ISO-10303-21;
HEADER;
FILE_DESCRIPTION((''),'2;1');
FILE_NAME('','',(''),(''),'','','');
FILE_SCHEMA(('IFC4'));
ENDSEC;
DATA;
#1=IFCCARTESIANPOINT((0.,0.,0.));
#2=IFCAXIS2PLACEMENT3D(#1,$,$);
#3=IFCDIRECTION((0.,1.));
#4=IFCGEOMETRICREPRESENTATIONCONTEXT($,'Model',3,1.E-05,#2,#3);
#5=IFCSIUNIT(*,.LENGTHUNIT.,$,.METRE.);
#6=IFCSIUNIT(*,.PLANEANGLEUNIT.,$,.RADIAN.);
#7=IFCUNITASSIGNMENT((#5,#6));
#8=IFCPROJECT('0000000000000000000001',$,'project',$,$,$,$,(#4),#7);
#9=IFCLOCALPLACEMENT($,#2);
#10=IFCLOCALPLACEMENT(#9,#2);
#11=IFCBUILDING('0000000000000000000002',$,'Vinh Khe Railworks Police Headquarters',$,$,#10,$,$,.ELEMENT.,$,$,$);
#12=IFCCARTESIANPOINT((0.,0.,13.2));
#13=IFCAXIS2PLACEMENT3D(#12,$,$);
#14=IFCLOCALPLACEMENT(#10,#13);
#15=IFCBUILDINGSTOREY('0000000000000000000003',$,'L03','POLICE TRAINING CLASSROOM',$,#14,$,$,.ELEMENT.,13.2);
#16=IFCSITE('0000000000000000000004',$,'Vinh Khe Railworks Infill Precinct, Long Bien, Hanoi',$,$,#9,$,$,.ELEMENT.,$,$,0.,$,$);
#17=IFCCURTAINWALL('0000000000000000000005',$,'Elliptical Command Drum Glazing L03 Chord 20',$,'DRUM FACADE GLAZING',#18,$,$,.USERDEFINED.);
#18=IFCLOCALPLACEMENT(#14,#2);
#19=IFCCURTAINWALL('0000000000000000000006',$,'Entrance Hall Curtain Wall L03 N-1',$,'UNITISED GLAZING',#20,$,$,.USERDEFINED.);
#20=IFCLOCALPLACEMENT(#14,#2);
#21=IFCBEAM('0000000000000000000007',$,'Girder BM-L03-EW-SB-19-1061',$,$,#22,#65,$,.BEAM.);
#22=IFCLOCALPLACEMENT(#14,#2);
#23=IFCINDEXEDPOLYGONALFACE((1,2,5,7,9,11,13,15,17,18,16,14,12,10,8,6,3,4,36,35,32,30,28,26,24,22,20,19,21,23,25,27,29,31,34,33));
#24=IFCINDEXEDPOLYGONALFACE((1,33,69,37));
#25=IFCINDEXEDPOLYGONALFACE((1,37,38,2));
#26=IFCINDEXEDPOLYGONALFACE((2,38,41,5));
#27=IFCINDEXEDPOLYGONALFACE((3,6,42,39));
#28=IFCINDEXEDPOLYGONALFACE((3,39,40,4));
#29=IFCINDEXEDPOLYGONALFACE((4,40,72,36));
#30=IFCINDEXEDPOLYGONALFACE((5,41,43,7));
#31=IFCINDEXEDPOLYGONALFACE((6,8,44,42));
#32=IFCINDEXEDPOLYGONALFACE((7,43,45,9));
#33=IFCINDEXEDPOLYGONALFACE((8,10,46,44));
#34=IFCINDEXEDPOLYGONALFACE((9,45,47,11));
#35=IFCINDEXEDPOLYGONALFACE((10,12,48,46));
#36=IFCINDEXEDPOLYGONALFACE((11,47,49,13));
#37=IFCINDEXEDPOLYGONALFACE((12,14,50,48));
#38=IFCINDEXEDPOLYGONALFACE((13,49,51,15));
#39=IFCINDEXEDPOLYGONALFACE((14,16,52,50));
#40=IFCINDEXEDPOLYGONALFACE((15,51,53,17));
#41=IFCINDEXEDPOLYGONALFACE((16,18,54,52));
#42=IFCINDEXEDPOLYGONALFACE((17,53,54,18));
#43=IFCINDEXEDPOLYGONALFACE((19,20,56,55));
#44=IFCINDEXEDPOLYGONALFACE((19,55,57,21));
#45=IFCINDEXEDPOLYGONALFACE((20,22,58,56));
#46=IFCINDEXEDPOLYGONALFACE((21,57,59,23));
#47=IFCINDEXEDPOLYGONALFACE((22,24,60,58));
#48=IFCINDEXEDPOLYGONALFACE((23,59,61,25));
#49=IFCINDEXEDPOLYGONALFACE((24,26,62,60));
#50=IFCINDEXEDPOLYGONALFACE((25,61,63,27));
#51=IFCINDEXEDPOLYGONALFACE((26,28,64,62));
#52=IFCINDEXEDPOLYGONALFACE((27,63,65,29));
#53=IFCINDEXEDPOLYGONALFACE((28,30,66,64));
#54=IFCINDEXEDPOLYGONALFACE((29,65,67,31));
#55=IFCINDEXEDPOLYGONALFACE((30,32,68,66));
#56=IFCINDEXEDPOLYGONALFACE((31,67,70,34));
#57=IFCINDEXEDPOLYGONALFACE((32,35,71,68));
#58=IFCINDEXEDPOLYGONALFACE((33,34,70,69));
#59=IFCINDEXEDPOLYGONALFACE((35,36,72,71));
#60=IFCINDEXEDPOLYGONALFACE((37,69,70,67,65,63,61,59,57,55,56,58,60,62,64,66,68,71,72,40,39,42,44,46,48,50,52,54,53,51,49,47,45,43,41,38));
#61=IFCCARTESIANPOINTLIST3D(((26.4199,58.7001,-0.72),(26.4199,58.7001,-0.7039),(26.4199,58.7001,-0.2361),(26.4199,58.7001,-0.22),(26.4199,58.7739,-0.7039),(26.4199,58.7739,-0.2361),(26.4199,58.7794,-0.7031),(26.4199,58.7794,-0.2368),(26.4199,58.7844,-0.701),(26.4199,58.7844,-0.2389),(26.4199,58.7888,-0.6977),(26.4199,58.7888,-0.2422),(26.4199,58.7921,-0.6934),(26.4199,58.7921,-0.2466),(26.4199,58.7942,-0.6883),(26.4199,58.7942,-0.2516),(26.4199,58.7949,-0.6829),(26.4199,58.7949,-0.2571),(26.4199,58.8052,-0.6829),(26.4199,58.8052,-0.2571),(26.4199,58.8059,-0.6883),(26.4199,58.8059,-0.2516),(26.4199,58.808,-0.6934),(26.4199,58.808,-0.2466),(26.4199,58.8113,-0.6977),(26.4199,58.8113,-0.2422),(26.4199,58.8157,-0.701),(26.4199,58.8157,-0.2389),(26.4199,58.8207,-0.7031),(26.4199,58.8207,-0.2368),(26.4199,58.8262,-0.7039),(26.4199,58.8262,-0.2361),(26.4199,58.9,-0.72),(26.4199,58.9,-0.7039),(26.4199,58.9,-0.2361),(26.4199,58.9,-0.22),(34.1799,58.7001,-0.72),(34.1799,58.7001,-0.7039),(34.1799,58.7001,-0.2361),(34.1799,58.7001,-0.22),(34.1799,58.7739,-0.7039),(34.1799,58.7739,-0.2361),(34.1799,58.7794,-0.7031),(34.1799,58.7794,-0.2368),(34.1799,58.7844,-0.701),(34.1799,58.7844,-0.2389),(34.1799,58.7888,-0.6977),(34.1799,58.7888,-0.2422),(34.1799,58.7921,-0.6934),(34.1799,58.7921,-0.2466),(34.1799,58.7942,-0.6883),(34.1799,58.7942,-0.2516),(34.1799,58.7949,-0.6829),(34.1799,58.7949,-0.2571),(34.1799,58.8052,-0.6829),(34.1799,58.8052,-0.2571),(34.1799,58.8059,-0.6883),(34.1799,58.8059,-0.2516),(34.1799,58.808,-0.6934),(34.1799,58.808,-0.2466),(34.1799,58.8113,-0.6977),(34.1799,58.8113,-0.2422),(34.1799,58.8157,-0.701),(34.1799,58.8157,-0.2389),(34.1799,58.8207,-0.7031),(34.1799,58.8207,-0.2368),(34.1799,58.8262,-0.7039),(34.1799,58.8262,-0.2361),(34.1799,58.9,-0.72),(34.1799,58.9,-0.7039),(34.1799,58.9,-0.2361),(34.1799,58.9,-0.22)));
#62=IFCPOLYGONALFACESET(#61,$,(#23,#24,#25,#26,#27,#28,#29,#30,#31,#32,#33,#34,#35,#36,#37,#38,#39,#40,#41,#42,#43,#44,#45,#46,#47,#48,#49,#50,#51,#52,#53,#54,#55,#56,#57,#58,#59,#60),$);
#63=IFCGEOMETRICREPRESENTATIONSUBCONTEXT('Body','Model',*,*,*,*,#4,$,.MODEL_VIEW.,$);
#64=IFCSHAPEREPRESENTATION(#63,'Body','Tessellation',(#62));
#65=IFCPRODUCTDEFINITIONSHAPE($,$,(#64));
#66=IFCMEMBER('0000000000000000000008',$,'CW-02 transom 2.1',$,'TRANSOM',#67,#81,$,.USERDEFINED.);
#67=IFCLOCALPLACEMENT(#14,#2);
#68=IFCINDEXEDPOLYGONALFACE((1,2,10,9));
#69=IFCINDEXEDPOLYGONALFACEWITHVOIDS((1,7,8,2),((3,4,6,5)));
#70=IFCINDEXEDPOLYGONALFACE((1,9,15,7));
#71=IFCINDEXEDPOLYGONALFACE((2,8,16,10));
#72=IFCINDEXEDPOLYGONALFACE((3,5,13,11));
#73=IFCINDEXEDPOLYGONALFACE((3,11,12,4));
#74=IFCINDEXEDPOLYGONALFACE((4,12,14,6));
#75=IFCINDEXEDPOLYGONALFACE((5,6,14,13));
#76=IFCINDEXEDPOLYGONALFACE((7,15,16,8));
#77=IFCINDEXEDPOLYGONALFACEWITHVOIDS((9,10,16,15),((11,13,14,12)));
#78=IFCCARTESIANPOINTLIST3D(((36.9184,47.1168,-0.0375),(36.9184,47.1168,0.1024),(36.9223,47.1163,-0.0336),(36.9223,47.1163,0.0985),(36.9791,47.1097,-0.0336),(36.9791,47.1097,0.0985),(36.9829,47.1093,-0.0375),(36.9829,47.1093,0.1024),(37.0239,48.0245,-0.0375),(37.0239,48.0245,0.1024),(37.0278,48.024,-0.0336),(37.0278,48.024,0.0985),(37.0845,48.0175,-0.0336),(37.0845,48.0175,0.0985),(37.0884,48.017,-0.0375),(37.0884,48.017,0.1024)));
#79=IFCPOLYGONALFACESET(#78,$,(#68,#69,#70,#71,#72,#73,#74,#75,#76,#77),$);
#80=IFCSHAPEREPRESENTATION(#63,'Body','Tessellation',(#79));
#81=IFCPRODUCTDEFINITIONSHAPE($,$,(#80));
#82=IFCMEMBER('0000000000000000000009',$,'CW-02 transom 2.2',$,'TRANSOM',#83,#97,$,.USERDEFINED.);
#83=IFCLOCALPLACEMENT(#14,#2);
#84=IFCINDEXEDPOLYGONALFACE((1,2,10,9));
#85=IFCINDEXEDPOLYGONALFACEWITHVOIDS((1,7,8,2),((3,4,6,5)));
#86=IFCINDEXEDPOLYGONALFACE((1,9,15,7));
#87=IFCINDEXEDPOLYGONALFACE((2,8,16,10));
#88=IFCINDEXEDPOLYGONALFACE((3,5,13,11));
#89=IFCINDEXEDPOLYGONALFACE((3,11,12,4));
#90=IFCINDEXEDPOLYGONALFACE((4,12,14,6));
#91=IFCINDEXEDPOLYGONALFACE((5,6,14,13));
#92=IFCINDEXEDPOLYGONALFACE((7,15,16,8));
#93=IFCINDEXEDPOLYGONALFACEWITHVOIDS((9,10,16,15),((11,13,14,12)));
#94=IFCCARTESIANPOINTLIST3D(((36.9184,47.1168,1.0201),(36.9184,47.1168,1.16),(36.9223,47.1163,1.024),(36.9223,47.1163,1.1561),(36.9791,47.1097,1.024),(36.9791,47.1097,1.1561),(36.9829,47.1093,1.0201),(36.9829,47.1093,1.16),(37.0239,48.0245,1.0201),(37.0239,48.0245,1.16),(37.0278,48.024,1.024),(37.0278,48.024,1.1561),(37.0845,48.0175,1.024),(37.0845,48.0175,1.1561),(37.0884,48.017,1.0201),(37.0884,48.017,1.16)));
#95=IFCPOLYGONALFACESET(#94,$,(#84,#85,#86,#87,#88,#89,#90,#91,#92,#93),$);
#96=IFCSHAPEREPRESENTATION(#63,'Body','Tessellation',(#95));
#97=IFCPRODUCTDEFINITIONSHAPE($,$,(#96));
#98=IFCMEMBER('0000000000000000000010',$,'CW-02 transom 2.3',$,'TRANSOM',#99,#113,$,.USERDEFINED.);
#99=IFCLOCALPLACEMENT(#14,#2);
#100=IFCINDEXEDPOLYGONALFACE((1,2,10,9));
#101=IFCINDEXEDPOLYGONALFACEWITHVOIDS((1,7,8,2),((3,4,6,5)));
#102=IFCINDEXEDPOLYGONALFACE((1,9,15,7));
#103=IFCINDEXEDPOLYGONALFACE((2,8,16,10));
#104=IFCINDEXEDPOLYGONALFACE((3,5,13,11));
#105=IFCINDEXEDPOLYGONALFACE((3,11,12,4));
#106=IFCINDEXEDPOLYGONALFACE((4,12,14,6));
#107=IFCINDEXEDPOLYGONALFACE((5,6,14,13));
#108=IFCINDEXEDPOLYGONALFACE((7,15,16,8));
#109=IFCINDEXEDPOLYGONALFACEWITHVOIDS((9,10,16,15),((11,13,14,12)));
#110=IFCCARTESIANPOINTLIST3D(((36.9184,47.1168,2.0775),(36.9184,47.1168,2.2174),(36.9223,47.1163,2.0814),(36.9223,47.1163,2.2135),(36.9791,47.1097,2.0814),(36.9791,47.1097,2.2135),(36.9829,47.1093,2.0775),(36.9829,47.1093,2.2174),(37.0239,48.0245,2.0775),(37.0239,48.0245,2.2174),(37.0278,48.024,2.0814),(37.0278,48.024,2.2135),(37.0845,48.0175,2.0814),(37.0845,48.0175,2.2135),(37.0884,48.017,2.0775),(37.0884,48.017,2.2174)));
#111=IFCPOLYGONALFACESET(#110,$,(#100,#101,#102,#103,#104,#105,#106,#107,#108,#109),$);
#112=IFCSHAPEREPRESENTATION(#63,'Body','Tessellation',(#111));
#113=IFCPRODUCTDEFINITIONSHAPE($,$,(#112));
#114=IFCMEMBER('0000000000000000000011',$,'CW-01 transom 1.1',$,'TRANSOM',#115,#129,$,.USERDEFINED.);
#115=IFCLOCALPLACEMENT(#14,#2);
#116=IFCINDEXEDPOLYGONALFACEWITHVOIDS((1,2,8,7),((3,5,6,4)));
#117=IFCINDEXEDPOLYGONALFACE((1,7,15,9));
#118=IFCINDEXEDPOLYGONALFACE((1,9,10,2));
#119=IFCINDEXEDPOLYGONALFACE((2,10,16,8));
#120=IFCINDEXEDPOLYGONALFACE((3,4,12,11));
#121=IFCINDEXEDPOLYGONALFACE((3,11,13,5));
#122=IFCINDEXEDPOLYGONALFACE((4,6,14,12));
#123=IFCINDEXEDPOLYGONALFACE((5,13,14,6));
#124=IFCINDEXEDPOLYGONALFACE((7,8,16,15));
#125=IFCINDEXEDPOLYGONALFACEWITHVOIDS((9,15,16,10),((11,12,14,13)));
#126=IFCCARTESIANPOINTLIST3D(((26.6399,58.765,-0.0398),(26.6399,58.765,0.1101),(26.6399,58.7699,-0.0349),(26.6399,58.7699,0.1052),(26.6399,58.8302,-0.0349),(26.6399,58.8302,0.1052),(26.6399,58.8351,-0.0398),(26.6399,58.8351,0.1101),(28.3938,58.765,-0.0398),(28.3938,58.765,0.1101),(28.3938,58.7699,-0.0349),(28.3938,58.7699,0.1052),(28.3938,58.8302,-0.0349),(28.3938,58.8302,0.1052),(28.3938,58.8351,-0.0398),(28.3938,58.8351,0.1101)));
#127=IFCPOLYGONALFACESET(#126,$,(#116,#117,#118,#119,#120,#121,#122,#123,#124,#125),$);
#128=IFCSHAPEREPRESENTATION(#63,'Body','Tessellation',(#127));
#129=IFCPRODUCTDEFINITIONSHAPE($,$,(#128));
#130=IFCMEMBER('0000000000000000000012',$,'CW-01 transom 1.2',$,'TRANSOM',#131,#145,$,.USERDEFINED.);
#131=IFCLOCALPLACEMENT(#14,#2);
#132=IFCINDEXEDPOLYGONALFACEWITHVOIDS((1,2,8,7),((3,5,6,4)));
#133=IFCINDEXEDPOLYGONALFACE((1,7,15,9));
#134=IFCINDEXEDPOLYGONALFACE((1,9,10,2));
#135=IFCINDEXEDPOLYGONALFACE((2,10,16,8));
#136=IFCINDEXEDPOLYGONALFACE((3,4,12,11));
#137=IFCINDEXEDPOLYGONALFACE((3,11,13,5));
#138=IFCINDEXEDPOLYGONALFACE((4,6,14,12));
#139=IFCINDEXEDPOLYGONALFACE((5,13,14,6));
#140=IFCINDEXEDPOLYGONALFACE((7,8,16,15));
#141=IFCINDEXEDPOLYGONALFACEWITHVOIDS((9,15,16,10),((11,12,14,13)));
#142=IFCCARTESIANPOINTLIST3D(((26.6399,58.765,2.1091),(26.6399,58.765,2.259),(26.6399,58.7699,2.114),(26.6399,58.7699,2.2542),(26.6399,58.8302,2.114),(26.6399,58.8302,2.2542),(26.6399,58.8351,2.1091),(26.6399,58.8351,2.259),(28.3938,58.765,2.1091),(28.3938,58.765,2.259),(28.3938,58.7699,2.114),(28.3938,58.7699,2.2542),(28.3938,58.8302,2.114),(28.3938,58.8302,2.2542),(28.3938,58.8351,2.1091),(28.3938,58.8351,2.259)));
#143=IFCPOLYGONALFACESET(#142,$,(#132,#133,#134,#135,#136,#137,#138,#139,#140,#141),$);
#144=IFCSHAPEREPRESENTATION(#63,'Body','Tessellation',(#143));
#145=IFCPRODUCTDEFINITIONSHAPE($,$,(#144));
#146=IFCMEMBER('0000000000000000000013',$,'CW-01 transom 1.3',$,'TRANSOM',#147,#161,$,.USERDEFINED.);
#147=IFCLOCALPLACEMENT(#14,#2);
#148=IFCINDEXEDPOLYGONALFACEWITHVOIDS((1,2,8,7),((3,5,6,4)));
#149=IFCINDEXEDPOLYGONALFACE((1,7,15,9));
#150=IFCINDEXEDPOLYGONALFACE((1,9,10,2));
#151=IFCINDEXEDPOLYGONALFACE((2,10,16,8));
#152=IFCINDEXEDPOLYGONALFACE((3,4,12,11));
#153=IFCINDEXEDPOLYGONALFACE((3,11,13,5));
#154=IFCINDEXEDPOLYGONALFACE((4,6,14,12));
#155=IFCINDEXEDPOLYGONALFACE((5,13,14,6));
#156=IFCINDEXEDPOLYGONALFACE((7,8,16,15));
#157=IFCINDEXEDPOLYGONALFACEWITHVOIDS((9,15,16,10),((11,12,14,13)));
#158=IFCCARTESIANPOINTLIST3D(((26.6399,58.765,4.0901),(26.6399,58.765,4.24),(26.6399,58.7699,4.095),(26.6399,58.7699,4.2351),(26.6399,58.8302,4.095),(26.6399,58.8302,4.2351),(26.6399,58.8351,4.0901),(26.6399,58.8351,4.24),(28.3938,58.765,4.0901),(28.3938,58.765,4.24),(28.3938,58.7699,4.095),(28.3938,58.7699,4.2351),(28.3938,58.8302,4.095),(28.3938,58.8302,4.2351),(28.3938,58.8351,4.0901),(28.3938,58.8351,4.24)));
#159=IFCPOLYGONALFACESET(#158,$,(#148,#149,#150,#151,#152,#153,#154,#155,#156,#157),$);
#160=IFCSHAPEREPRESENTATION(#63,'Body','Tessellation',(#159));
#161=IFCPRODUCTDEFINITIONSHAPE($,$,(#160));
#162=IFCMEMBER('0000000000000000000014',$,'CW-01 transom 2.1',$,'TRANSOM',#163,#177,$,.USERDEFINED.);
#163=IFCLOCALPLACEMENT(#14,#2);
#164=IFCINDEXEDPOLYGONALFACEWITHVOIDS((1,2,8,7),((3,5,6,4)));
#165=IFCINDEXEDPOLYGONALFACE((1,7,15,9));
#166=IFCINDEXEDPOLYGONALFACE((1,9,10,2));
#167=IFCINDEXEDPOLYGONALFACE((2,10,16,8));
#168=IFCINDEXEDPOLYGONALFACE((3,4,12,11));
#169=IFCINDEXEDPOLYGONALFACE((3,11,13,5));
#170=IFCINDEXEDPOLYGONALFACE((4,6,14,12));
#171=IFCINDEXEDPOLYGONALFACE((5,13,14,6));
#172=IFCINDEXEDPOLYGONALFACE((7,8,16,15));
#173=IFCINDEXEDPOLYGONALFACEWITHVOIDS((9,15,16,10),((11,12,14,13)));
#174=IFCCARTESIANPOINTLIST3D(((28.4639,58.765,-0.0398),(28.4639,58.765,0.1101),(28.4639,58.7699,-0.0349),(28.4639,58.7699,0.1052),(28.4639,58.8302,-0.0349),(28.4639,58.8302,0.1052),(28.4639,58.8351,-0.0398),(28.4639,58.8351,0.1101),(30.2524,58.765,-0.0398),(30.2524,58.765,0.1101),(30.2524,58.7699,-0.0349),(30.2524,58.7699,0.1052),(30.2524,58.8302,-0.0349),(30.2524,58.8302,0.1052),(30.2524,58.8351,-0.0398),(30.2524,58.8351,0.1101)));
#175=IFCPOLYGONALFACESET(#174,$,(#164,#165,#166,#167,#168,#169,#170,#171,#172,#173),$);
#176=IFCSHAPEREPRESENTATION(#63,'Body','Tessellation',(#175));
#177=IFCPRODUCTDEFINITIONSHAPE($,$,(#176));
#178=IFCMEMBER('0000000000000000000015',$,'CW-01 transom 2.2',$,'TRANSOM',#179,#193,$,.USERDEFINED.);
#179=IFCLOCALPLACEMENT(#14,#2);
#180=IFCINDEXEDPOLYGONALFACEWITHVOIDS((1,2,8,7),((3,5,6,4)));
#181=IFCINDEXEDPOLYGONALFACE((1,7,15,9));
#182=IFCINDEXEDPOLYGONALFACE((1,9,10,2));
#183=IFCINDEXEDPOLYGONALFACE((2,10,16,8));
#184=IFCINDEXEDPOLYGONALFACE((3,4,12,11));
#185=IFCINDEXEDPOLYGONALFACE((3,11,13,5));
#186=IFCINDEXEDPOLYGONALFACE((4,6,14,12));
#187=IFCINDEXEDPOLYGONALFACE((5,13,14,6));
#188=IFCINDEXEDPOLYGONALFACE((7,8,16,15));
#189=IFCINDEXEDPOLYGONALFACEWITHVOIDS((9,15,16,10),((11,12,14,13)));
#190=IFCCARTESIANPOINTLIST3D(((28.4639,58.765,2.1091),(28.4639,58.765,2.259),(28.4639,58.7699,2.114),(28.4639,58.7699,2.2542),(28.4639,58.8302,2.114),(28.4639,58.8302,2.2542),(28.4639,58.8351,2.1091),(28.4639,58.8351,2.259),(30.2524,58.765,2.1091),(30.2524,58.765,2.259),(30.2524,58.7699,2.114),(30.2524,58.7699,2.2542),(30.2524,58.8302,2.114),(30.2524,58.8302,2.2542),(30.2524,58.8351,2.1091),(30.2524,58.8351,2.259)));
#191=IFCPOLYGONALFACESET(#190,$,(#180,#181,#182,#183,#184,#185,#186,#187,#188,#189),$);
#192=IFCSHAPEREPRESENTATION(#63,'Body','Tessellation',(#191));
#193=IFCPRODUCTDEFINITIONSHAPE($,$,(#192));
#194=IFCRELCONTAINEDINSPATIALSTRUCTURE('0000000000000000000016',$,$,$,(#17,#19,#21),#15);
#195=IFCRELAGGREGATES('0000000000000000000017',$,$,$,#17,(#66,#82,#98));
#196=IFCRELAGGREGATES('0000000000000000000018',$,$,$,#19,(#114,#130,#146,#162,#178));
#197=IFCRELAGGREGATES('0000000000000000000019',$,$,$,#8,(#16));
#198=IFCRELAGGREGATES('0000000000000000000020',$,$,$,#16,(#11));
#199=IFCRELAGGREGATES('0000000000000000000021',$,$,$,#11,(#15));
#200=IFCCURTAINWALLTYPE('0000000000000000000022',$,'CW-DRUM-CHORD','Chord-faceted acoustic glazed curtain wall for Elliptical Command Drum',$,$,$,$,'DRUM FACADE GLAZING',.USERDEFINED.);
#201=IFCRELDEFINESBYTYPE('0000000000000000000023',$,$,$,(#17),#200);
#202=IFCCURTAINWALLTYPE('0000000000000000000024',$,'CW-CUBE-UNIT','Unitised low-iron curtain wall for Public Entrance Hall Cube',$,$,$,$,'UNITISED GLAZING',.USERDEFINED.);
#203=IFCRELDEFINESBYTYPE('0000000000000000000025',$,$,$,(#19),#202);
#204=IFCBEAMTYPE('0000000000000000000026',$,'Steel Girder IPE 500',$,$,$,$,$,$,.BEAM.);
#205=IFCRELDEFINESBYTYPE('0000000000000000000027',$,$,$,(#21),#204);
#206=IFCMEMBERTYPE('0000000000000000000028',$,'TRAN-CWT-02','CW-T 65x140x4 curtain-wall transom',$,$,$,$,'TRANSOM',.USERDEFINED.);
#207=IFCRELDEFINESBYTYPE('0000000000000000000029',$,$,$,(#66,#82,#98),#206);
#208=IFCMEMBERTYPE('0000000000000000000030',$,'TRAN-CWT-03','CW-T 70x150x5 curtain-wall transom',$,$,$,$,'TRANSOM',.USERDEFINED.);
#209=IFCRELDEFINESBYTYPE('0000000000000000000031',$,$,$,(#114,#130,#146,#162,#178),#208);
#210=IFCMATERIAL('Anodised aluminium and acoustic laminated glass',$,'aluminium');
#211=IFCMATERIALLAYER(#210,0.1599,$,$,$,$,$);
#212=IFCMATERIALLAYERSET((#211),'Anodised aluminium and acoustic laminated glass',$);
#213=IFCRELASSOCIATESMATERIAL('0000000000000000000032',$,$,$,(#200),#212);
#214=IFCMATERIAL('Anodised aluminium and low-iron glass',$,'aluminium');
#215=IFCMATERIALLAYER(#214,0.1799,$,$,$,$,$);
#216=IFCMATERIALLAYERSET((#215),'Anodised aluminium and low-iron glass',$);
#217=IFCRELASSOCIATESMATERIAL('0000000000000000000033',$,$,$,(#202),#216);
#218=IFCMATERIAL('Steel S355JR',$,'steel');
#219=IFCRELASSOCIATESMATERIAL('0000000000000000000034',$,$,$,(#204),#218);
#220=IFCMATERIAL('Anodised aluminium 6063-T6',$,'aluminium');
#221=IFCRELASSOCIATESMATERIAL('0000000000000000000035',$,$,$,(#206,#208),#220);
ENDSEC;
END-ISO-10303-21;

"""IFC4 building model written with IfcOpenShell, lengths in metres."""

from ifc_helpers import new_model, si_unit, direction, frame, origin, origin_2d, place, context, subcontext, project, spatial, hollow_rectangle, i_section, extrude, material, layer, layer_set, material_profile, profile_set, type_object, element, aggregate, save


model = new_model("IFC4")

# Units and contexts
model_context = context("Model", 3, precision=1e-05, world=origin(), true_north=direction((0.0, 1.0)))
body_context = subcontext(model_context, "Body", "Model", "MODEL_VIEW")
ifc_project = project(units=[si_unit("LENGTHUNIT", "METRE"), si_unit("PLANEANGLEUNIT", "RADIAN")], contexts=[model_context])

# Site, building, storey
site_placement = place(None, origin())
site = spatial("IfcSite", under=ifc_project, at=site_placement, Name="Vinh Khe Railworks Infill Precinct, Long Bien, Hanoi", CompositionType="ELEMENT", RefElevation=0.0)
building_placement = place(site_placement, origin())
building = spatial("IfcBuilding", under=site, at=building_placement, Name="Vinh Khe Railworks Police Headquarters", CompositionType="ELEMENT")
storey_placement = place(building_placement, frame((0.0, 0.0, 13.2)))
storey = spatial("IfcBuildingStorey", under=building, at=storey_placement, Name="L03", Description="POLICE TRAINING CLASSROOM", CompositionType="ELEMENT", Elevation=13.2)

# Shared definitions
ifc_material_1 = material(Name="Steel S355JR", Category="steel")

# Curtain wall
ifc_material_2 = material(Name="Anodised aluminium and acoustic laminated glass", Category="aluminium")
ifc_layer_1 = layer(ifc_material_2, 0.1599)
ifc_layer_set_1 = layer_set([ifc_layer_1], Name="Anodised aluminium and acoustic laminated glass")
curtain_wall_type_1 = type_object("IfcCurtainWallType", Name="CW-DRUM-CHORD", Description="Chord-faceted acoustic glazed curtain wall for Elliptical Command Drum", ElementType="DRUM FACADE GLAZING", PredefinedType="USERDEFINED", material=ifc_layer_set_1)
curtain_wall_1_placement = place(storey_placement, origin())
curtain_wall_1 = element("IfcCurtainWall", 1, at=curtain_wall_1_placement, inside=storey, type_object=curtain_wall_type_1, Name="Elliptical Command Drum Glazing L03 Chord 20", ObjectType="DRUM FACADE GLAZING", PredefinedType="USERDEFINED")
ifc_material_3 = material(Name="Anodised aluminium 6063-T6", Category="aluminium")

# Curtain wall
ifc_material_4 = material(Name="Anodised aluminium and low-iron glass", Category="aluminium")
ifc_layer_2 = layer(ifc_material_4, 0.1799)
ifc_layer_set_2 = layer_set([ifc_layer_2], Name="Anodised aluminium and low-iron glass")
curtain_wall_type_2 = type_object("IfcCurtainWallType", Name="CW-CUBE-UNIT", Description="Unitised low-iron curtain wall for Public Entrance Hall Cube", ElementType="UNITISED GLAZING", PredefinedType="USERDEFINED", material=ifc_layer_set_2)
curtain_wall_2_placement = place(storey_placement, origin())
curtain_wall_2 = element("IfcCurtainWall", 2, at=curtain_wall_2_placement, inside=storey, type_object=curtain_wall_type_2, Name="Entrance Hall Curtain Wall L03 N-1", ObjectType="UNITISED GLAZING", PredefinedType="USERDEFINED")

# Beam
ifc_material_profile_1 = material_profile(ifc_material_1, i_section(OverallWidth=0.2, OverallDepth=0.5, WebThickness=0.0103, FlangeThickness=0.0161, FilletRadius=0.021, at=origin_2d()), Name="IPE 500")
ifc_profile_set_1 = profile_set([ifc_material_profile_1], Name="Steel S355JR")
beam_type = type_object("IfcBeamType", Name="Steel Girder IPE 500", PredefinedType="BEAM", material=ifc_profile_set_1)
beam_placement = place(storey_placement, frame((26.4199, 58.8, -0.47), z_axis=(1.0, 0.0, 0.0), x_axis=(0.0, 1.0, 0.0)))
element("IfcBeam", 3, at=beam_placement, inside=storey, type_object=beam_type, Name="Girder BM-L03-EW-SB-19-1061", PredefinedType="BEAM", context=body_context, shape_type="SweptSolid", body=[
    extrude(i_section(OverallWidth=0.2, OverallDepth=0.5, WebThickness=0.0103, FlangeThickness=0.0161, FilletRadius=0.021, at=origin_2d()), origin(), (0.0, 0.0, 1.0), 7.76),
])

# Members
ifc_material_profile_2 = material_profile(ifc_material_3, hollow_rectangle(XDim=0.0649, YDim=0.1399, WallThickness=0.0039, at=origin_2d()), Name="CW-T 65x140x4")
ifc_profile_set_2 = profile_set([ifc_material_profile_2], Name="Anodised aluminium 6063-T6")
member_type_1 = type_object("IfcMemberType", Name="TRAN-CWT-02", Description="CW-T 65x140x4 curtain-wall transom", ElementType="TRANSOM", PredefinedType="USERDEFINED", material=ifc_profile_set_2)
member_1_placement = place(storey_placement, frame((37.0562, 48.0208, 0.0325), z_axis=(-0.115415, -0.993317, 0.0), x_axis=(0.993317, -0.115415, 0.0)))
member_1 = element("IfcMember", 4, at=member_1_placement, type_object=member_type_1, Name="CW-02 transom 2.1", ObjectType="TRANSOM", PredefinedType="USERDEFINED", context=body_context, shape_type="SweptSolid", body=[
    extrude(hollow_rectangle(XDim=0.0649, YDim=0.1399, WallThickness=0.0039, at=origin_2d()), origin(), (0.0, 0.0, 1.0), 0.9138),
])
member_2_placement = place(storey_placement, frame((37.0562, 48.0208, 1.0901), z_axis=(-0.115415, -0.993317, 0.0), x_axis=(0.993317, -0.115415, 0.0)))
member_2 = element("IfcMember", 5, at=member_2_placement, type_object=member_type_1, Name="CW-02 transom 2.2", ObjectType="TRANSOM", PredefinedType="USERDEFINED", context=body_context, shape_type="SweptSolid", body=[
    extrude(hollow_rectangle(XDim=0.0649, YDim=0.1399, WallThickness=0.0039, at=origin_2d()), origin(), (0.0, 0.0, 1.0), 0.9138),
])
member_3_placement = place(storey_placement, frame((37.0562, 48.0208, 2.1475), z_axis=(-0.115415, -0.993317, 0.0), x_axis=(0.993317, -0.115415, 0.0)))
member_3 = element("IfcMember", 6, at=member_3_placement, type_object=member_type_1, Name="CW-02 transom 2.3", ObjectType="TRANSOM", PredefinedType="USERDEFINED", context=body_context, shape_type="SweptSolid", body=[
    extrude(hollow_rectangle(XDim=0.0649, YDim=0.1399, WallThickness=0.0039, at=origin_2d()), origin(), (0.0, 0.0, 1.0), 0.9138),
])
ifc_material_profile_3 = material_profile(ifc_material_3, hollow_rectangle(XDim=0.0701, YDim=0.1499, WallThickness=0.0049, at=origin_2d()), Name="CW-T 70x150x5")
ifc_profile_set_3 = profile_set([ifc_material_profile_3], Name="Anodised aluminium 6063-T6")
member_type_2 = type_object("IfcMemberType", Name="TRAN-CWT-03", Description="CW-T 70x150x5 curtain-wall transom", ElementType="TRANSOM", PredefinedType="USERDEFINED", material=ifc_profile_set_3)
member_4_placement = place(storey_placement, frame((26.6399, 58.8, 0.0352), z_axis=(1.0, 0.0, 0.0), x_axis=(0.0, 1.0, 0.0)))
member_4 = element("IfcMember", 7, at=member_4_placement, type_object=member_type_2, Name="CW-01 transom 1.1", ObjectType="TRANSOM", PredefinedType="USERDEFINED", context=body_context, shape_type="SweptSolid", body=[
    extrude(hollow_rectangle(XDim=0.0701, YDim=0.1499, WallThickness=0.0049, at=origin_2d()), origin(), (0.0, 0.0, 1.0), 1.7539),
])
member_5_placement = place(storey_placement, frame((26.6399, 58.8, 2.1841), z_axis=(1.0, 0.0, 0.0), x_axis=(0.0, 1.0, 0.0)))
member_5 = element("IfcMember", 8, at=member_5_placement, type_object=member_type_2, Name="CW-01 transom 1.2", ObjectType="TRANSOM", PredefinedType="USERDEFINED", context=body_context, shape_type="SweptSolid", body=[
    extrude(hollow_rectangle(XDim=0.0701, YDim=0.1499, WallThickness=0.0049, at=origin_2d()), origin(), (0.0, 0.0, 1.0), 1.7539),
])
member_6_placement = place(storey_placement, frame((26.6399, 58.8, 4.165), z_axis=(1.0, 0.0, 0.0), x_axis=(0.0, 1.0, 0.0)))
member_6 = element("IfcMember", 9, at=member_6_placement, type_object=member_type_2, Name="CW-01 transom 1.3", ObjectType="TRANSOM", PredefinedType="USERDEFINED", context=body_context, shape_type="SweptSolid", body=[
    extrude(hollow_rectangle(XDim=0.0701, YDim=0.1499, WallThickness=0.0049, at=origin_2d()), origin(), (0.0, 0.0, 1.0), 1.7539),
])
member_7_placement = place(storey_placement, frame((28.4639, 58.8, 0.0352), z_axis=(1.0, 0.0, 0.0), x_axis=(0.0, 1.0, 0.0)))
member_7 = element("IfcMember", 10, at=member_7_placement, type_object=member_type_2, Name="CW-01 transom 2.1", ObjectType="TRANSOM", PredefinedType="USERDEFINED", context=body_context, shape_type="SweptSolid", body=[
    extrude(hollow_rectangle(XDim=0.0701, YDim=0.1499, WallThickness=0.0049, at=origin_2d()), origin(), (0.0, 0.0, 1.0), 1.7886),
])
member_8_placement = place(storey_placement, frame((28.4639, 58.8, 2.1841), z_axis=(1.0, 0.0, 0.0), x_axis=(0.0, 1.0, 0.0)))
member_8 = element("IfcMember", 11, at=member_8_placement, type_object=member_type_2, Name="CW-01 transom 2.2", ObjectType="TRANSOM", PredefinedType="USERDEFINED", context=body_context, shape_type="SweptSolid", body=[
    extrude(hollow_rectangle(XDim=0.0701, YDim=0.1499, WallThickness=0.0049, at=origin_2d()), origin(), (0.0, 0.0, 1.0), 1.7886),
])

aggregate(curtain_wall_1, [member_1, member_2, member_3])
aggregate(curtain_wall_2, [member_4, member_5, member_6, member_7, member_8])

save(model, "model.ifc")
